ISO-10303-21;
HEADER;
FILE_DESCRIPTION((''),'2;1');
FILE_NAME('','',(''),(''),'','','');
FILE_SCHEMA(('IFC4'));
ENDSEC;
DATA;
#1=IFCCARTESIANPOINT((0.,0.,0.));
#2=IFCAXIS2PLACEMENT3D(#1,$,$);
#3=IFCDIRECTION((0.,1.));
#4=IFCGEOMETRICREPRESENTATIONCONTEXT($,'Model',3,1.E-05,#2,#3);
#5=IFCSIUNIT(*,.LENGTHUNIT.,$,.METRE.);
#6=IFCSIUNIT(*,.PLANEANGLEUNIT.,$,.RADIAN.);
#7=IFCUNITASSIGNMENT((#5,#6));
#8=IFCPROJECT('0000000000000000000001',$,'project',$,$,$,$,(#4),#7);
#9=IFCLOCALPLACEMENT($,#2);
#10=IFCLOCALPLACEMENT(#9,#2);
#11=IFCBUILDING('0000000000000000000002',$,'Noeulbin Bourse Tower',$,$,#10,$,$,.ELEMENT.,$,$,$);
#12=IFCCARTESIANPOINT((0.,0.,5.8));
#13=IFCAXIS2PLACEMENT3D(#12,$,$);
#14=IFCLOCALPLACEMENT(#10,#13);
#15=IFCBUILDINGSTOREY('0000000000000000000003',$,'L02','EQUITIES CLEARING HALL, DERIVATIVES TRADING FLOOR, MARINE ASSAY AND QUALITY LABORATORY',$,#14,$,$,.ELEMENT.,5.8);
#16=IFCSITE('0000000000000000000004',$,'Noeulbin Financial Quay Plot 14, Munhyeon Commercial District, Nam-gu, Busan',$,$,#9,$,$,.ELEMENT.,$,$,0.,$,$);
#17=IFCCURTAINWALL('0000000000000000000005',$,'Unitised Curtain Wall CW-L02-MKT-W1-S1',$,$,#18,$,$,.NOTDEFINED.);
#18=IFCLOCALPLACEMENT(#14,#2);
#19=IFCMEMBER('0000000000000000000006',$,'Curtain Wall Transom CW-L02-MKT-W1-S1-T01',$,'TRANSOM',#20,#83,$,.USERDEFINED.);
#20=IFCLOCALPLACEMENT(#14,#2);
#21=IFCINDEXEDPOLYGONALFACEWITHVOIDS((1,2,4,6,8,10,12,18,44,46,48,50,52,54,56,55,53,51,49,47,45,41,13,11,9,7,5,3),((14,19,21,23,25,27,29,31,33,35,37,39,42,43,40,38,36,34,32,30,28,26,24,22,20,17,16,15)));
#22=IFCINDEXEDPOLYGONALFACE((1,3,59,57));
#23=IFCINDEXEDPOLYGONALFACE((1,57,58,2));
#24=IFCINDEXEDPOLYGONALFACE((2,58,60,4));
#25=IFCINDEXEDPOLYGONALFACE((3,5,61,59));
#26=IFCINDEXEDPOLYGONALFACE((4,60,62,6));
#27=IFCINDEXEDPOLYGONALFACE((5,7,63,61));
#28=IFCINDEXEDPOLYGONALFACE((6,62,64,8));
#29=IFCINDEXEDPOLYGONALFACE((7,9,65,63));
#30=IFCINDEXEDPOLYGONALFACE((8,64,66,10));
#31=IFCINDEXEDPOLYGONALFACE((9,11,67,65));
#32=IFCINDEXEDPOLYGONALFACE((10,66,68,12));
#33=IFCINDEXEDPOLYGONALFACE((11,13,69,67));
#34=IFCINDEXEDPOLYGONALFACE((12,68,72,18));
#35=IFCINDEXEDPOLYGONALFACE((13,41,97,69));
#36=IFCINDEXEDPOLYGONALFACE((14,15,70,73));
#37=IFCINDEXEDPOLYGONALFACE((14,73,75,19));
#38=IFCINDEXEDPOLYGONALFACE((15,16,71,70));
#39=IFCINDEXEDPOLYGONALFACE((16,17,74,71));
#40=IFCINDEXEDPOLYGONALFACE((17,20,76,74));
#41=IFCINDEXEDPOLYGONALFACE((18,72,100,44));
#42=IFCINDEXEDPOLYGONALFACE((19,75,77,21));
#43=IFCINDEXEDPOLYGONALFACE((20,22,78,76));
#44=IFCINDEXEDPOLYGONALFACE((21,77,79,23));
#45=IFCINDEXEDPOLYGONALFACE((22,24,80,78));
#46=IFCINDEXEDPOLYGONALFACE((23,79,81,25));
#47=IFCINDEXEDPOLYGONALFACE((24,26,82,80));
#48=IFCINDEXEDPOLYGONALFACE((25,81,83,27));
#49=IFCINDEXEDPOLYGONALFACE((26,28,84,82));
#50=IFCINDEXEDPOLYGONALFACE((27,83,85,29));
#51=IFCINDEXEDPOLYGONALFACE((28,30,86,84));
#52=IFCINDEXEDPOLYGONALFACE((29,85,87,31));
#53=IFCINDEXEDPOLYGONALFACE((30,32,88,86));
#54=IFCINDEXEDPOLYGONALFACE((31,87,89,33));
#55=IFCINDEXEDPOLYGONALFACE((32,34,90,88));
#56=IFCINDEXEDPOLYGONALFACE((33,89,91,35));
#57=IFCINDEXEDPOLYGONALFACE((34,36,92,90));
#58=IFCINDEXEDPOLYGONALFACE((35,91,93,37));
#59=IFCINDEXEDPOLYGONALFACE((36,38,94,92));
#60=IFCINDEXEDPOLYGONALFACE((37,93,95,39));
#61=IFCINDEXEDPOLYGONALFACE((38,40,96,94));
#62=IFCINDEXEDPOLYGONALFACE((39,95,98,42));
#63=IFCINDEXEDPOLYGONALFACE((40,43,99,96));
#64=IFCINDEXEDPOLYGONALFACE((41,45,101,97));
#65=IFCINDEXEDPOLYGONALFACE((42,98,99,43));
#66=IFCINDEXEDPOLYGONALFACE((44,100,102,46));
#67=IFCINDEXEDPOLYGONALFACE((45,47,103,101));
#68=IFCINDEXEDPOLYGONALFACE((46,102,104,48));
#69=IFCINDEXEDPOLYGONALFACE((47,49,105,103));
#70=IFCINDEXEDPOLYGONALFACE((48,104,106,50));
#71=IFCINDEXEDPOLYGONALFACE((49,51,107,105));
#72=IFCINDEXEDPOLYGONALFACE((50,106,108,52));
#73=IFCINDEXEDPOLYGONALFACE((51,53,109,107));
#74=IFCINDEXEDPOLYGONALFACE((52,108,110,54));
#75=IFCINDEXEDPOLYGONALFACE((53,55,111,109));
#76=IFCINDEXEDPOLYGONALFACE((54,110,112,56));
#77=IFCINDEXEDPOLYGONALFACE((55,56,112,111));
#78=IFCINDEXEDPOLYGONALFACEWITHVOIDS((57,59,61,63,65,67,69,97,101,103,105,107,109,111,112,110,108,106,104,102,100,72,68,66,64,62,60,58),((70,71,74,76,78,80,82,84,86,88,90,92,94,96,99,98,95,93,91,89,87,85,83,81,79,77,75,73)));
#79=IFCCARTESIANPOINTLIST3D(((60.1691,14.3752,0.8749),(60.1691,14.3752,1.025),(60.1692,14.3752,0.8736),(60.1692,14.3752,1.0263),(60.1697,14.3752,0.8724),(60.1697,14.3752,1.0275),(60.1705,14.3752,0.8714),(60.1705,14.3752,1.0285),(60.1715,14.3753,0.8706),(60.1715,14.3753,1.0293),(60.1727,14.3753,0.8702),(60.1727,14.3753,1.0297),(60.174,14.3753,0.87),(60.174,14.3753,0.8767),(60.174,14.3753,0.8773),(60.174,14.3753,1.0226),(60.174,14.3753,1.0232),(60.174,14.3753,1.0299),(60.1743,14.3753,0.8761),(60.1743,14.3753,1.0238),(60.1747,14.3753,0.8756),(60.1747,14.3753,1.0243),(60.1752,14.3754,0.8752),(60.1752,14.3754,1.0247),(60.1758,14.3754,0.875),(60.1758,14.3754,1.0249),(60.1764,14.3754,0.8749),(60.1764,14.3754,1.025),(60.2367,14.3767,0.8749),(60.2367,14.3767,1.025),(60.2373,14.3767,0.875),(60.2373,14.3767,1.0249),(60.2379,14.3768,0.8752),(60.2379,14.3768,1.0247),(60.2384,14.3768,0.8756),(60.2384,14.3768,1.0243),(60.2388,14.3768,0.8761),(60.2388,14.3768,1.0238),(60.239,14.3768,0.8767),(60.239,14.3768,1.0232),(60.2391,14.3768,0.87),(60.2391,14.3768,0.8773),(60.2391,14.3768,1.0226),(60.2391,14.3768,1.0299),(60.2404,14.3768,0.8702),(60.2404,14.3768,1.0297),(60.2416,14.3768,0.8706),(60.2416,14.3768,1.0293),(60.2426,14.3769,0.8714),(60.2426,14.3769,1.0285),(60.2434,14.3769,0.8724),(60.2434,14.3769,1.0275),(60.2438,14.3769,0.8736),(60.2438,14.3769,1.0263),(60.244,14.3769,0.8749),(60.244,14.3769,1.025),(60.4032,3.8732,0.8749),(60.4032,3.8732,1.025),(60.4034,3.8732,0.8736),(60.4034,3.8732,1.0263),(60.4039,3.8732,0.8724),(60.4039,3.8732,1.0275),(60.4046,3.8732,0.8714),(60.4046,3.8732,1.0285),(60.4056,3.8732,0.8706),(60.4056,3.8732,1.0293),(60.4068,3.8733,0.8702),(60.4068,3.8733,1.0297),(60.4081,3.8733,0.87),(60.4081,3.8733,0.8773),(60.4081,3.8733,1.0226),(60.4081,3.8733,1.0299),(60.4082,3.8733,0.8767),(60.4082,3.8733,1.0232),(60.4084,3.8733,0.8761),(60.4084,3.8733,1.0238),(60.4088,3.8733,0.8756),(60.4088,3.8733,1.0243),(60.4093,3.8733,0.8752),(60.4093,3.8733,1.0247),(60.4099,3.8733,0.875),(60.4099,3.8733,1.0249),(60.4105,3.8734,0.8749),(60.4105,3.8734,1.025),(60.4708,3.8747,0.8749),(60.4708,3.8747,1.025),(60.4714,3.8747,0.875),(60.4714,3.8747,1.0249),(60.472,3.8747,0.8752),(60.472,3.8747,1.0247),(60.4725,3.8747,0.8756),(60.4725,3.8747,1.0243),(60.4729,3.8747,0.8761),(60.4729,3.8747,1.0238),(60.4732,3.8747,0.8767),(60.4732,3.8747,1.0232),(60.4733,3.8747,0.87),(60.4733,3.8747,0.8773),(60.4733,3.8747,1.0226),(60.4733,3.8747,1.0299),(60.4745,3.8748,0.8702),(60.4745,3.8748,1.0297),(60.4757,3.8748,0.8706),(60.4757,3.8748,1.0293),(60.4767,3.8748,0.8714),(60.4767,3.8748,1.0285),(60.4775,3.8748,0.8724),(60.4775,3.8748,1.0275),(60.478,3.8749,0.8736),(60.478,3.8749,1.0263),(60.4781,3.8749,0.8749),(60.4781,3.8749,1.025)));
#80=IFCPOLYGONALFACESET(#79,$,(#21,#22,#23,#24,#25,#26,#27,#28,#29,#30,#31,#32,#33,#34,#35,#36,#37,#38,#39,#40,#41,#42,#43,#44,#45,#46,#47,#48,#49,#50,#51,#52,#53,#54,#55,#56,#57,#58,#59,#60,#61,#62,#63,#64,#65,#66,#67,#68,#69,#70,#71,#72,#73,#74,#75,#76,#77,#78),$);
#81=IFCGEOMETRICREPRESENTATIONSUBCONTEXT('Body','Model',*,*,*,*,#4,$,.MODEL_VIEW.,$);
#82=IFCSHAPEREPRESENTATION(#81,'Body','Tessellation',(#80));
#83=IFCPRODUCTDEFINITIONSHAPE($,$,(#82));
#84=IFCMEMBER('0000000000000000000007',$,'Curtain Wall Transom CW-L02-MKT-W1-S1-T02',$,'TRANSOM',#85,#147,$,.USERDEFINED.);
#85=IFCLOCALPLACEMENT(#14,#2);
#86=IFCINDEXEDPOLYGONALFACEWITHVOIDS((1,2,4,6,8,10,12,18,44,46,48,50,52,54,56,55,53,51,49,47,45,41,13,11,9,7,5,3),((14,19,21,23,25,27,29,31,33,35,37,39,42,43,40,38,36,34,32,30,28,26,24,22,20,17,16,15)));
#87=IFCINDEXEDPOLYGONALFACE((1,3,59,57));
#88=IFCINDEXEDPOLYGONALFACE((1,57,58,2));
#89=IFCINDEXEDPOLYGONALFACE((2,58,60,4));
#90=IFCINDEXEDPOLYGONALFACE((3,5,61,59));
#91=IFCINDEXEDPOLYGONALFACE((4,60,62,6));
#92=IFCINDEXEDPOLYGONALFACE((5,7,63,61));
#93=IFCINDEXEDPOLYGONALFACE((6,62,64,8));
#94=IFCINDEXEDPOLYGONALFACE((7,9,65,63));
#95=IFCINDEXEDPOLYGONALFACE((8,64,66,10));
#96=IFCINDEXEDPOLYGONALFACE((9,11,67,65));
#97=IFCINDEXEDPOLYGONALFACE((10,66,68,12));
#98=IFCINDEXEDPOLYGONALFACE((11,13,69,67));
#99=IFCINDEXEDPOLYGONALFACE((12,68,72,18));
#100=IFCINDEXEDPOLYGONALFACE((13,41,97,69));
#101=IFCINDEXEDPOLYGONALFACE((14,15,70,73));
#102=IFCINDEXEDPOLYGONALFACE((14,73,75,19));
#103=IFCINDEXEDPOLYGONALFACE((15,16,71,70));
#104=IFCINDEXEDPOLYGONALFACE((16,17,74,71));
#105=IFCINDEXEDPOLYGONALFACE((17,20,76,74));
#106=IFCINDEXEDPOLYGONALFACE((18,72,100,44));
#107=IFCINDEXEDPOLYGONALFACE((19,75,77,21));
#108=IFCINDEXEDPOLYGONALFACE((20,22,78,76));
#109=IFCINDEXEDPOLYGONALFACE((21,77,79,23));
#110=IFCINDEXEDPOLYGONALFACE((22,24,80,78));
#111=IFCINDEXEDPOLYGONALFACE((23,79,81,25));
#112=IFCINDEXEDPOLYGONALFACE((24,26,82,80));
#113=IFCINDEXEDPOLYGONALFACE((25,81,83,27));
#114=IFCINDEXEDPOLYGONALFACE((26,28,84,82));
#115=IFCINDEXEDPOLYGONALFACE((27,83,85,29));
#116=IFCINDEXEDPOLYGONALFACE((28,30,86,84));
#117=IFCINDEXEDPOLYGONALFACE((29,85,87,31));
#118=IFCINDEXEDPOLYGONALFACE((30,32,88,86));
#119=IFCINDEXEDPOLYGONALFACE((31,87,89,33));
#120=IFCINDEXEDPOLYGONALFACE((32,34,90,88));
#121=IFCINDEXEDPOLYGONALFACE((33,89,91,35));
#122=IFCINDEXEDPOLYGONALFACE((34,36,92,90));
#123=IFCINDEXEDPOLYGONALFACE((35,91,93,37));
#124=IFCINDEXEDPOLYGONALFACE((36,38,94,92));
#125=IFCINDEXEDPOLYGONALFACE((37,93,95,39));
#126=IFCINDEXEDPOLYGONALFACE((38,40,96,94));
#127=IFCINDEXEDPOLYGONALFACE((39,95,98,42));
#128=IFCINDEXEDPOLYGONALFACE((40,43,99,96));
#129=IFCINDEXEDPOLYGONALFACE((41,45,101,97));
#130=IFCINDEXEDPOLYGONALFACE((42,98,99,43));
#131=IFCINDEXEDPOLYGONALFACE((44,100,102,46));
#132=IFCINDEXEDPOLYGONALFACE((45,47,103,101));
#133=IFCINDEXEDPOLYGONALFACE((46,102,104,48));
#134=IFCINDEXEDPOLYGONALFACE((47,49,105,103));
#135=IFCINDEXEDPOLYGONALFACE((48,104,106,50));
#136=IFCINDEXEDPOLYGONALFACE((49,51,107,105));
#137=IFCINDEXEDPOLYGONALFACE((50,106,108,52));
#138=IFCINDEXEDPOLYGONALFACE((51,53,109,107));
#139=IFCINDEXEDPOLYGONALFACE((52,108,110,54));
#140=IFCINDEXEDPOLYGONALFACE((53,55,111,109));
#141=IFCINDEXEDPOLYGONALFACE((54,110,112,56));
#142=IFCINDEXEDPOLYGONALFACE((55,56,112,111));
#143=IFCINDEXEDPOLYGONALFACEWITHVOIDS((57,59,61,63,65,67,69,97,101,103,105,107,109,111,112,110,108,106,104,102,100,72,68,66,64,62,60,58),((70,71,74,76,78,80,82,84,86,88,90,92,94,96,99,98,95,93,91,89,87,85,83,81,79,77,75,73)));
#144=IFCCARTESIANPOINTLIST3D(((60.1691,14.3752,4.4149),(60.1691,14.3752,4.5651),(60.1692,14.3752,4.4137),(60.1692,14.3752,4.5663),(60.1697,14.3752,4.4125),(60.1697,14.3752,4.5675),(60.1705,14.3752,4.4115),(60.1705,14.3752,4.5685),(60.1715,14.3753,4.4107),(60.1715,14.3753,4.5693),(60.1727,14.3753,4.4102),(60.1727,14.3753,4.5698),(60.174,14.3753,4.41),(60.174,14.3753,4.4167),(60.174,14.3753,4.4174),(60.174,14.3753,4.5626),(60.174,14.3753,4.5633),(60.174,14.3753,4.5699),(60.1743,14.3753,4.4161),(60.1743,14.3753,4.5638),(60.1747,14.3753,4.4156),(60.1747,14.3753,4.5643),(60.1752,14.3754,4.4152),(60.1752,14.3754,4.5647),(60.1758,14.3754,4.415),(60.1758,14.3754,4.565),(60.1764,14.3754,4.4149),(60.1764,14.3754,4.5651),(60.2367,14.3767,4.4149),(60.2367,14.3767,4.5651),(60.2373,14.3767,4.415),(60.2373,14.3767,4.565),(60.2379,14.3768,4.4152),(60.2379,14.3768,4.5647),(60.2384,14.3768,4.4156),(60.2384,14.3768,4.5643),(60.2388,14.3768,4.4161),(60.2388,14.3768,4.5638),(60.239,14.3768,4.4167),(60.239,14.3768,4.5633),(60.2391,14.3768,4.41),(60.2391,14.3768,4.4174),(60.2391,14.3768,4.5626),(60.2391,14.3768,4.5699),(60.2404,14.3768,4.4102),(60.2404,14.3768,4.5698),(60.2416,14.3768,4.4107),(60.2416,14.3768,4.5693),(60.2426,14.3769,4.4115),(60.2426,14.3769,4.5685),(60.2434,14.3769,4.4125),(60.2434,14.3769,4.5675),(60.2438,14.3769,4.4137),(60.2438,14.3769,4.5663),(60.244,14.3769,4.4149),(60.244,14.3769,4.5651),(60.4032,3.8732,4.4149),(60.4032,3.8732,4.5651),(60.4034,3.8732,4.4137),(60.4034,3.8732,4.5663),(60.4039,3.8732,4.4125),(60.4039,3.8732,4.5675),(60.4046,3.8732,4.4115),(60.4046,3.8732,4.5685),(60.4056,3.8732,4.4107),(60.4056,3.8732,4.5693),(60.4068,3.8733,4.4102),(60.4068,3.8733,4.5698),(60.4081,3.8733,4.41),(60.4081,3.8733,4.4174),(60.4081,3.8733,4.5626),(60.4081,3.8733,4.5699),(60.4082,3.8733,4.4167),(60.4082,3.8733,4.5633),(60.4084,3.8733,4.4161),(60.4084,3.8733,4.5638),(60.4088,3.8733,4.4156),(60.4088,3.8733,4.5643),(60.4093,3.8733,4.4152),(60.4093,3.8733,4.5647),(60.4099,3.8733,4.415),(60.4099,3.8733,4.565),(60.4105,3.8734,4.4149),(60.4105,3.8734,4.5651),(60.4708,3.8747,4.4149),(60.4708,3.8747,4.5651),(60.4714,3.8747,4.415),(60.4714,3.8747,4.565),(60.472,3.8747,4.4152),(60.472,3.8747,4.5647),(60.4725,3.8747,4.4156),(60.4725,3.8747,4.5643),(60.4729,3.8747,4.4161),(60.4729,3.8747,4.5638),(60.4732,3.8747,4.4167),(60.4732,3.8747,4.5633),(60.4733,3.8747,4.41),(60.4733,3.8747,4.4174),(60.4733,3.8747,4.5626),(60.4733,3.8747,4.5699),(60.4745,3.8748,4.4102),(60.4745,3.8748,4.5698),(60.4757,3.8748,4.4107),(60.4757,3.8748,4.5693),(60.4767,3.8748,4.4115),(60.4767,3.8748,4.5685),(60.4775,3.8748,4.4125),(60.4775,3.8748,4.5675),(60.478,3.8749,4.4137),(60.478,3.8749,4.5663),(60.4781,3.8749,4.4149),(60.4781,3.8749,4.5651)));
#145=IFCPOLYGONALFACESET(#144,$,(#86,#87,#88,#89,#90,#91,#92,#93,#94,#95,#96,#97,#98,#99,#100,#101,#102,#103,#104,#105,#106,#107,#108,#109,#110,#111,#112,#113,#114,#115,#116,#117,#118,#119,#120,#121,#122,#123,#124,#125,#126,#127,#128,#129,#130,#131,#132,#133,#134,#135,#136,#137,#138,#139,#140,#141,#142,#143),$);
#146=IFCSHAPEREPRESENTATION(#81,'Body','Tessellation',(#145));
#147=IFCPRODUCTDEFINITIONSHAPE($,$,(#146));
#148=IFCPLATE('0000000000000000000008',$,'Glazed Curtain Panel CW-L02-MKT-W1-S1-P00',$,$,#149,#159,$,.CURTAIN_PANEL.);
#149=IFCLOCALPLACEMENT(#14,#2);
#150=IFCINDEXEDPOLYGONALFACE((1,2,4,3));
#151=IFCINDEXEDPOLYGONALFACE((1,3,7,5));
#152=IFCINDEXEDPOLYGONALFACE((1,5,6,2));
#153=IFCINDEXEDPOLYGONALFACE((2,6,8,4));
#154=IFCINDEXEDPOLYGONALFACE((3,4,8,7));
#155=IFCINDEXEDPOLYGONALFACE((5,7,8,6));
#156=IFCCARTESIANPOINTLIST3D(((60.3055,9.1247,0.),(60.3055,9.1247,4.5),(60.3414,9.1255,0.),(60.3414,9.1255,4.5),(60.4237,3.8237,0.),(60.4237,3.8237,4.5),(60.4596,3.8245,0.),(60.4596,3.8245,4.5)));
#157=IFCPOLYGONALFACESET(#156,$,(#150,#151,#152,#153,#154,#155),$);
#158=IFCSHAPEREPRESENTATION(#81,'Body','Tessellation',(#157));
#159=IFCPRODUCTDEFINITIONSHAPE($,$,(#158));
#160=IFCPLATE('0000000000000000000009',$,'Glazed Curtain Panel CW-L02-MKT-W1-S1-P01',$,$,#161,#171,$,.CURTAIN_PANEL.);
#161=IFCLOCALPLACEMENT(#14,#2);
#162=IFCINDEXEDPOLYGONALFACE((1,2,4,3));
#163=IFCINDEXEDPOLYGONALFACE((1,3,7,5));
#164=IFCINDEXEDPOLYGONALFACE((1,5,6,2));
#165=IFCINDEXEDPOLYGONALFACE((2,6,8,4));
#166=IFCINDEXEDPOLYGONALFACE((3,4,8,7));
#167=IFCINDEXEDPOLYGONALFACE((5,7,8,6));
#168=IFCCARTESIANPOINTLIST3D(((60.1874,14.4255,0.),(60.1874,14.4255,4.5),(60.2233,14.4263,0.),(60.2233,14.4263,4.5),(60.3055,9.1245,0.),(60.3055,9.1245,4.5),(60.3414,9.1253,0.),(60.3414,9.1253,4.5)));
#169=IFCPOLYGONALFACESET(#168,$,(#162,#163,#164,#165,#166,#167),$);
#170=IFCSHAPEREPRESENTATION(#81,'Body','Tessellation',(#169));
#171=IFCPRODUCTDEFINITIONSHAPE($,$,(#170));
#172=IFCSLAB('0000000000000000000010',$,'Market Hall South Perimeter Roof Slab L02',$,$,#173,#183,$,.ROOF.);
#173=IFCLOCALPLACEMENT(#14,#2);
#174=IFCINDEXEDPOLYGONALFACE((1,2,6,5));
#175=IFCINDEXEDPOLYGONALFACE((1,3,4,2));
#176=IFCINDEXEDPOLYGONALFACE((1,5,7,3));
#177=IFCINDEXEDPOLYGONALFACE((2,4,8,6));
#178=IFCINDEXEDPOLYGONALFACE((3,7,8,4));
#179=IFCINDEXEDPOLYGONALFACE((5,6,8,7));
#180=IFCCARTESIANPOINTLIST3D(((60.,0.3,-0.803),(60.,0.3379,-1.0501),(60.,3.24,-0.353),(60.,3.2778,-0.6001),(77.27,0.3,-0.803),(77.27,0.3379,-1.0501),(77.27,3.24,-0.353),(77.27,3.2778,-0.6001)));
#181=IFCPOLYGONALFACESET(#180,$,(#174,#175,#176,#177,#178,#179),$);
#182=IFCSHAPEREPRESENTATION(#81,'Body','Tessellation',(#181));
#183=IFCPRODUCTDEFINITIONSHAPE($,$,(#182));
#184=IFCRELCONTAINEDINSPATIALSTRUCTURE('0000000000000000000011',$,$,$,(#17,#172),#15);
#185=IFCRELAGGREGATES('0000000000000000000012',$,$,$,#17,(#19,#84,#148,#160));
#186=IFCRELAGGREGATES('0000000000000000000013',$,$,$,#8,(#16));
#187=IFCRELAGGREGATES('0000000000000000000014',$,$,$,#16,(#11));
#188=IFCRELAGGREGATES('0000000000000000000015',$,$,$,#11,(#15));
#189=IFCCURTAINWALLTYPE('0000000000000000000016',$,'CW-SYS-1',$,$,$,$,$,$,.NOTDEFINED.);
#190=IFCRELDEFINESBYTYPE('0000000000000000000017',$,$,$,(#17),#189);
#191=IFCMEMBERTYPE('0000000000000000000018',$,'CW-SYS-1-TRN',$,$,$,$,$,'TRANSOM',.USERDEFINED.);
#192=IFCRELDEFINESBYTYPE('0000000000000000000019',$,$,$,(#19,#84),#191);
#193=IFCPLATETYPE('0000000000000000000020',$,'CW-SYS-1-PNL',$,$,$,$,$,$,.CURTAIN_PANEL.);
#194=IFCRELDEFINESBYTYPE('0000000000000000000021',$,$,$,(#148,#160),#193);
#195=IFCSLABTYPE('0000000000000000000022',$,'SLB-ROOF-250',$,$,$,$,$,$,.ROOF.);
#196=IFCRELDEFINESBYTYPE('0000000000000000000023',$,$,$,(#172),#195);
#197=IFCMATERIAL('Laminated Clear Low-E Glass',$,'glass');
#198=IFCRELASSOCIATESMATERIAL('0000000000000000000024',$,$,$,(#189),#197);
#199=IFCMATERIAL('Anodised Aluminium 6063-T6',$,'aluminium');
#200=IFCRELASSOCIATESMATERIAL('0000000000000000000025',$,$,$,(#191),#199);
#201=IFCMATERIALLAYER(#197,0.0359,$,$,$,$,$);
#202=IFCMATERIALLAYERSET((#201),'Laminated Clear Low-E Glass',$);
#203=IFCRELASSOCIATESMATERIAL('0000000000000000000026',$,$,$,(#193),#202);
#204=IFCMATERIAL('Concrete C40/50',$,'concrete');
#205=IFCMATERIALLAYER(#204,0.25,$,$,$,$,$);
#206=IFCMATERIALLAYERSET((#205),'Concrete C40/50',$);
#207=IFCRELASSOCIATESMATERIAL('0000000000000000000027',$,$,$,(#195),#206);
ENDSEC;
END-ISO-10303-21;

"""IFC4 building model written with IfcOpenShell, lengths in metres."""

from ifc_helpers import new_model, si_unit, direction, frame, origin, origin_2d, place, context, subcontext, project, spatial, polyline, rectangle, hollow_rectangle, outline, extrude, material, layer, layer_set, material_profile, profile_set, type_object, element, aggregate, save


model = new_model("IFC4")

# Units and contexts
model_context = context("Model", 3, precision=1e-05, world=origin(), true_north=direction((0.0, 1.0)))
body_context = subcontext(model_context, "Body", "Model", "MODEL_VIEW")
ifc_project = project(units=[si_unit("LENGTHUNIT", "METRE"), si_unit("PLANEANGLEUNIT", "RADIAN")], contexts=[model_context])

# Site, building, storey
site_placement = place(None, origin())
site = spatial("IfcSite", under=ifc_project, at=site_placement, Name="Noeulbin Financial Quay Plot 14, Munhyeon Commercial District, Nam-gu, Busan", CompositionType="ELEMENT", RefElevation=0.0)
building_placement = place(site_placement, origin())
building = spatial("IfcBuilding", under=site, at=building_placement, Name="Noeulbin Bourse Tower", CompositionType="ELEMENT")
storey_placement = place(building_placement, frame((0.0, 0.0, 5.8)))
storey = spatial("IfcBuildingStorey", under=building, at=storey_placement, Name="L02", Description="EQUITIES CLEARING HALL, DERIVATIVES TRADING FLOOR, MARINE ASSAY AND QUALITY LABORATORY", CompositionType="ELEMENT", Elevation=5.8)

# Curtain wall, members, plates
ifc_material_1 = material(Name="Laminated Clear Low-E Glass", Category="glass")
curtain_wall_type = type_object("IfcCurtainWallType", Name="CW-SYS-1", PredefinedType="NOTDEFINED", material=ifc_material_1)
curtain_wall_placement = place(storey_placement, origin())
curtain_wall = element("IfcCurtainWall", 1, at=curtain_wall_placement, inside=storey, type_object=curtain_wall_type, Name="Unitised Curtain Wall CW-L02-MKT-W1-S1", PredefinedType="NOTDEFINED")
ifc_material_2 = material(Name="Anodised Aluminium 6063-T6", Category="aluminium")
ifc_material_profile_1 = material_profile(ifc_material_2, hollow_rectangle(XDim=0.075, YDim=0.1599, WallThickness=0.0049, InnerFilletRadius=0.0024, OuterFilletRadius=0.0049, at=origin_2d()), Name="ALU-TRAN-75x160x5", Category="LoadBearing")
ifc_profile_set_1 = profile_set([ifc_material_profile_1], Name="Anodised Aluminium 6063-T6")
member_type_1 = type_object("IfcMemberType", Name="CW-SYS-1-TRN", ElementType="TRANSOM", PredefinedType="USERDEFINED", material=ifc_profile_set_1)
member_1_placement = place(storey_placement, frame((60.4407, 3.874, 0.95), z_axis=(-0.022288, 0.999752, 0.0), x_axis=(-0.999752, -0.022288, 0.0)))
member_1 = element("IfcMember", 2, at=member_1_placement, type_object=member_type_1, Name="Curtain Wall Transom CW-L02-MKT-W1-S1-T01", ObjectType="TRANSOM", PredefinedType="USERDEFINED", context=body_context, shape_type="SweptSolid", body=[
    extrude(hollow_rectangle(XDim=0.075, YDim=0.1599, WallThickness=0.0049, InnerFilletRadius=0.0024, OuterFilletRadius=0.0049, at=origin_2d()), origin(), (0.0, 0.0, 1.0), 10.5046),
])
member_2_placement = place(storey_placement, frame((60.4407, 3.874, 4.49), z_axis=(-0.022288, 0.999752, 0.0), x_axis=(-0.999752, -0.022288, 0.0)))
member_2 = element("IfcMember", 3, at=member_2_placement, type_object=member_type_1, Name="Curtain Wall Transom CW-L02-MKT-W1-S1-T02", ObjectType="TRANSOM", PredefinedType="USERDEFINED", context=body_context, shape_type="SweptSolid", body=[
    extrude(hollow_rectangle(XDim=0.075, YDim=0.1599, WallThickness=0.0049, InnerFilletRadius=0.0024, OuterFilletRadius=0.0049, at=origin_2d()), origin(), (0.0, 0.0, 1.0), 10.5046),
])
ifc_layer_1 = layer(ifc_material_1, 0.0359)
ifc_layer_set_1 = layer_set([ifc_layer_1], Name="Laminated Clear Low-E Glass")
plate_type = type_object("IfcPlateType", Name="CW-SYS-1-PNL", PredefinedType="CURTAIN_PANEL", material=ifc_layer_set_1)
plate_1_placement = place(storey_placement, frame((60.3826, 6.4746, 0.0), z_axis=(0.0, 0.0, 1.0), x_axis=(-0.022286, 0.999752, 0.0)))
plate_1 = element("IfcPlate", 4, at=plate_1_placement, type_object=plate_type, Name="Glazed Curtain Panel CW-L02-MKT-W1-S1-P00", PredefinedType="CURTAIN_PANEL", context=body_context, shape_type="SweptSolid", body=[
    extrude(rectangle(XDim=5.3022, YDim=0.0359, at=origin_2d()), origin(), (0.0, 0.0, 1.0), 4.5),
])
plate_2_placement = place(storey_placement, frame((60.2644, 11.7754, 0.0), z_axis=(0.0, 0.0, 1.0), x_axis=(-0.022286, 0.999752, 0.0)))
plate_2 = element("IfcPlate", 5, at=plate_2_placement, type_object=plate_type, Name="Glazed Curtain Panel CW-L02-MKT-W1-S1-P01", PredefinedType="CURTAIN_PANEL", context=body_context, shape_type="SweptSolid", body=[
    extrude(rectangle(XDim=5.3022, YDim=0.0359, at=origin_2d()), origin(), (0.0, 0.0, 1.0), 4.5),
])
aggregate(curtain_wall, [member_1, member_2, plate_1, plate_2])

# Slab
ifc_material_3 = material(Name="Concrete C40/50", Category="concrete")
ifc_layer_2 = layer(ifc_material_3, 0.25)
ifc_layer_set_2 = layer_set([ifc_layer_2], Name="Concrete C40/50")
slab_type = type_object("IfcSlabType", Name="SLB-ROOF-250", PredefinedType="ROOF", material=ifc_layer_set_2)
slab_placement = place(storey_placement, frame((60.0, 0.3, -0.803), z_axis=(0.0, -0.151286, 0.98849), x_axis=(1.0, 0.0, 0.0)))
element("IfcSlab", 6, at=slab_placement, inside=storey, type_object=slab_type, Name="Market Hall South Perimeter Roof Slab L02", PredefinedType="ROOF", context=body_context, shape_type="SweptSolid", body=[
    extrude(outline(polyline([(0.0, 0.0), (17.27, 0.0), (17.27, 2.9742), (0.0, 2.9742), (0.0, 0.0)])), origin(), (0.0, 0.0, -1.0), 0.25),
])

save(model, "model.ifc")
